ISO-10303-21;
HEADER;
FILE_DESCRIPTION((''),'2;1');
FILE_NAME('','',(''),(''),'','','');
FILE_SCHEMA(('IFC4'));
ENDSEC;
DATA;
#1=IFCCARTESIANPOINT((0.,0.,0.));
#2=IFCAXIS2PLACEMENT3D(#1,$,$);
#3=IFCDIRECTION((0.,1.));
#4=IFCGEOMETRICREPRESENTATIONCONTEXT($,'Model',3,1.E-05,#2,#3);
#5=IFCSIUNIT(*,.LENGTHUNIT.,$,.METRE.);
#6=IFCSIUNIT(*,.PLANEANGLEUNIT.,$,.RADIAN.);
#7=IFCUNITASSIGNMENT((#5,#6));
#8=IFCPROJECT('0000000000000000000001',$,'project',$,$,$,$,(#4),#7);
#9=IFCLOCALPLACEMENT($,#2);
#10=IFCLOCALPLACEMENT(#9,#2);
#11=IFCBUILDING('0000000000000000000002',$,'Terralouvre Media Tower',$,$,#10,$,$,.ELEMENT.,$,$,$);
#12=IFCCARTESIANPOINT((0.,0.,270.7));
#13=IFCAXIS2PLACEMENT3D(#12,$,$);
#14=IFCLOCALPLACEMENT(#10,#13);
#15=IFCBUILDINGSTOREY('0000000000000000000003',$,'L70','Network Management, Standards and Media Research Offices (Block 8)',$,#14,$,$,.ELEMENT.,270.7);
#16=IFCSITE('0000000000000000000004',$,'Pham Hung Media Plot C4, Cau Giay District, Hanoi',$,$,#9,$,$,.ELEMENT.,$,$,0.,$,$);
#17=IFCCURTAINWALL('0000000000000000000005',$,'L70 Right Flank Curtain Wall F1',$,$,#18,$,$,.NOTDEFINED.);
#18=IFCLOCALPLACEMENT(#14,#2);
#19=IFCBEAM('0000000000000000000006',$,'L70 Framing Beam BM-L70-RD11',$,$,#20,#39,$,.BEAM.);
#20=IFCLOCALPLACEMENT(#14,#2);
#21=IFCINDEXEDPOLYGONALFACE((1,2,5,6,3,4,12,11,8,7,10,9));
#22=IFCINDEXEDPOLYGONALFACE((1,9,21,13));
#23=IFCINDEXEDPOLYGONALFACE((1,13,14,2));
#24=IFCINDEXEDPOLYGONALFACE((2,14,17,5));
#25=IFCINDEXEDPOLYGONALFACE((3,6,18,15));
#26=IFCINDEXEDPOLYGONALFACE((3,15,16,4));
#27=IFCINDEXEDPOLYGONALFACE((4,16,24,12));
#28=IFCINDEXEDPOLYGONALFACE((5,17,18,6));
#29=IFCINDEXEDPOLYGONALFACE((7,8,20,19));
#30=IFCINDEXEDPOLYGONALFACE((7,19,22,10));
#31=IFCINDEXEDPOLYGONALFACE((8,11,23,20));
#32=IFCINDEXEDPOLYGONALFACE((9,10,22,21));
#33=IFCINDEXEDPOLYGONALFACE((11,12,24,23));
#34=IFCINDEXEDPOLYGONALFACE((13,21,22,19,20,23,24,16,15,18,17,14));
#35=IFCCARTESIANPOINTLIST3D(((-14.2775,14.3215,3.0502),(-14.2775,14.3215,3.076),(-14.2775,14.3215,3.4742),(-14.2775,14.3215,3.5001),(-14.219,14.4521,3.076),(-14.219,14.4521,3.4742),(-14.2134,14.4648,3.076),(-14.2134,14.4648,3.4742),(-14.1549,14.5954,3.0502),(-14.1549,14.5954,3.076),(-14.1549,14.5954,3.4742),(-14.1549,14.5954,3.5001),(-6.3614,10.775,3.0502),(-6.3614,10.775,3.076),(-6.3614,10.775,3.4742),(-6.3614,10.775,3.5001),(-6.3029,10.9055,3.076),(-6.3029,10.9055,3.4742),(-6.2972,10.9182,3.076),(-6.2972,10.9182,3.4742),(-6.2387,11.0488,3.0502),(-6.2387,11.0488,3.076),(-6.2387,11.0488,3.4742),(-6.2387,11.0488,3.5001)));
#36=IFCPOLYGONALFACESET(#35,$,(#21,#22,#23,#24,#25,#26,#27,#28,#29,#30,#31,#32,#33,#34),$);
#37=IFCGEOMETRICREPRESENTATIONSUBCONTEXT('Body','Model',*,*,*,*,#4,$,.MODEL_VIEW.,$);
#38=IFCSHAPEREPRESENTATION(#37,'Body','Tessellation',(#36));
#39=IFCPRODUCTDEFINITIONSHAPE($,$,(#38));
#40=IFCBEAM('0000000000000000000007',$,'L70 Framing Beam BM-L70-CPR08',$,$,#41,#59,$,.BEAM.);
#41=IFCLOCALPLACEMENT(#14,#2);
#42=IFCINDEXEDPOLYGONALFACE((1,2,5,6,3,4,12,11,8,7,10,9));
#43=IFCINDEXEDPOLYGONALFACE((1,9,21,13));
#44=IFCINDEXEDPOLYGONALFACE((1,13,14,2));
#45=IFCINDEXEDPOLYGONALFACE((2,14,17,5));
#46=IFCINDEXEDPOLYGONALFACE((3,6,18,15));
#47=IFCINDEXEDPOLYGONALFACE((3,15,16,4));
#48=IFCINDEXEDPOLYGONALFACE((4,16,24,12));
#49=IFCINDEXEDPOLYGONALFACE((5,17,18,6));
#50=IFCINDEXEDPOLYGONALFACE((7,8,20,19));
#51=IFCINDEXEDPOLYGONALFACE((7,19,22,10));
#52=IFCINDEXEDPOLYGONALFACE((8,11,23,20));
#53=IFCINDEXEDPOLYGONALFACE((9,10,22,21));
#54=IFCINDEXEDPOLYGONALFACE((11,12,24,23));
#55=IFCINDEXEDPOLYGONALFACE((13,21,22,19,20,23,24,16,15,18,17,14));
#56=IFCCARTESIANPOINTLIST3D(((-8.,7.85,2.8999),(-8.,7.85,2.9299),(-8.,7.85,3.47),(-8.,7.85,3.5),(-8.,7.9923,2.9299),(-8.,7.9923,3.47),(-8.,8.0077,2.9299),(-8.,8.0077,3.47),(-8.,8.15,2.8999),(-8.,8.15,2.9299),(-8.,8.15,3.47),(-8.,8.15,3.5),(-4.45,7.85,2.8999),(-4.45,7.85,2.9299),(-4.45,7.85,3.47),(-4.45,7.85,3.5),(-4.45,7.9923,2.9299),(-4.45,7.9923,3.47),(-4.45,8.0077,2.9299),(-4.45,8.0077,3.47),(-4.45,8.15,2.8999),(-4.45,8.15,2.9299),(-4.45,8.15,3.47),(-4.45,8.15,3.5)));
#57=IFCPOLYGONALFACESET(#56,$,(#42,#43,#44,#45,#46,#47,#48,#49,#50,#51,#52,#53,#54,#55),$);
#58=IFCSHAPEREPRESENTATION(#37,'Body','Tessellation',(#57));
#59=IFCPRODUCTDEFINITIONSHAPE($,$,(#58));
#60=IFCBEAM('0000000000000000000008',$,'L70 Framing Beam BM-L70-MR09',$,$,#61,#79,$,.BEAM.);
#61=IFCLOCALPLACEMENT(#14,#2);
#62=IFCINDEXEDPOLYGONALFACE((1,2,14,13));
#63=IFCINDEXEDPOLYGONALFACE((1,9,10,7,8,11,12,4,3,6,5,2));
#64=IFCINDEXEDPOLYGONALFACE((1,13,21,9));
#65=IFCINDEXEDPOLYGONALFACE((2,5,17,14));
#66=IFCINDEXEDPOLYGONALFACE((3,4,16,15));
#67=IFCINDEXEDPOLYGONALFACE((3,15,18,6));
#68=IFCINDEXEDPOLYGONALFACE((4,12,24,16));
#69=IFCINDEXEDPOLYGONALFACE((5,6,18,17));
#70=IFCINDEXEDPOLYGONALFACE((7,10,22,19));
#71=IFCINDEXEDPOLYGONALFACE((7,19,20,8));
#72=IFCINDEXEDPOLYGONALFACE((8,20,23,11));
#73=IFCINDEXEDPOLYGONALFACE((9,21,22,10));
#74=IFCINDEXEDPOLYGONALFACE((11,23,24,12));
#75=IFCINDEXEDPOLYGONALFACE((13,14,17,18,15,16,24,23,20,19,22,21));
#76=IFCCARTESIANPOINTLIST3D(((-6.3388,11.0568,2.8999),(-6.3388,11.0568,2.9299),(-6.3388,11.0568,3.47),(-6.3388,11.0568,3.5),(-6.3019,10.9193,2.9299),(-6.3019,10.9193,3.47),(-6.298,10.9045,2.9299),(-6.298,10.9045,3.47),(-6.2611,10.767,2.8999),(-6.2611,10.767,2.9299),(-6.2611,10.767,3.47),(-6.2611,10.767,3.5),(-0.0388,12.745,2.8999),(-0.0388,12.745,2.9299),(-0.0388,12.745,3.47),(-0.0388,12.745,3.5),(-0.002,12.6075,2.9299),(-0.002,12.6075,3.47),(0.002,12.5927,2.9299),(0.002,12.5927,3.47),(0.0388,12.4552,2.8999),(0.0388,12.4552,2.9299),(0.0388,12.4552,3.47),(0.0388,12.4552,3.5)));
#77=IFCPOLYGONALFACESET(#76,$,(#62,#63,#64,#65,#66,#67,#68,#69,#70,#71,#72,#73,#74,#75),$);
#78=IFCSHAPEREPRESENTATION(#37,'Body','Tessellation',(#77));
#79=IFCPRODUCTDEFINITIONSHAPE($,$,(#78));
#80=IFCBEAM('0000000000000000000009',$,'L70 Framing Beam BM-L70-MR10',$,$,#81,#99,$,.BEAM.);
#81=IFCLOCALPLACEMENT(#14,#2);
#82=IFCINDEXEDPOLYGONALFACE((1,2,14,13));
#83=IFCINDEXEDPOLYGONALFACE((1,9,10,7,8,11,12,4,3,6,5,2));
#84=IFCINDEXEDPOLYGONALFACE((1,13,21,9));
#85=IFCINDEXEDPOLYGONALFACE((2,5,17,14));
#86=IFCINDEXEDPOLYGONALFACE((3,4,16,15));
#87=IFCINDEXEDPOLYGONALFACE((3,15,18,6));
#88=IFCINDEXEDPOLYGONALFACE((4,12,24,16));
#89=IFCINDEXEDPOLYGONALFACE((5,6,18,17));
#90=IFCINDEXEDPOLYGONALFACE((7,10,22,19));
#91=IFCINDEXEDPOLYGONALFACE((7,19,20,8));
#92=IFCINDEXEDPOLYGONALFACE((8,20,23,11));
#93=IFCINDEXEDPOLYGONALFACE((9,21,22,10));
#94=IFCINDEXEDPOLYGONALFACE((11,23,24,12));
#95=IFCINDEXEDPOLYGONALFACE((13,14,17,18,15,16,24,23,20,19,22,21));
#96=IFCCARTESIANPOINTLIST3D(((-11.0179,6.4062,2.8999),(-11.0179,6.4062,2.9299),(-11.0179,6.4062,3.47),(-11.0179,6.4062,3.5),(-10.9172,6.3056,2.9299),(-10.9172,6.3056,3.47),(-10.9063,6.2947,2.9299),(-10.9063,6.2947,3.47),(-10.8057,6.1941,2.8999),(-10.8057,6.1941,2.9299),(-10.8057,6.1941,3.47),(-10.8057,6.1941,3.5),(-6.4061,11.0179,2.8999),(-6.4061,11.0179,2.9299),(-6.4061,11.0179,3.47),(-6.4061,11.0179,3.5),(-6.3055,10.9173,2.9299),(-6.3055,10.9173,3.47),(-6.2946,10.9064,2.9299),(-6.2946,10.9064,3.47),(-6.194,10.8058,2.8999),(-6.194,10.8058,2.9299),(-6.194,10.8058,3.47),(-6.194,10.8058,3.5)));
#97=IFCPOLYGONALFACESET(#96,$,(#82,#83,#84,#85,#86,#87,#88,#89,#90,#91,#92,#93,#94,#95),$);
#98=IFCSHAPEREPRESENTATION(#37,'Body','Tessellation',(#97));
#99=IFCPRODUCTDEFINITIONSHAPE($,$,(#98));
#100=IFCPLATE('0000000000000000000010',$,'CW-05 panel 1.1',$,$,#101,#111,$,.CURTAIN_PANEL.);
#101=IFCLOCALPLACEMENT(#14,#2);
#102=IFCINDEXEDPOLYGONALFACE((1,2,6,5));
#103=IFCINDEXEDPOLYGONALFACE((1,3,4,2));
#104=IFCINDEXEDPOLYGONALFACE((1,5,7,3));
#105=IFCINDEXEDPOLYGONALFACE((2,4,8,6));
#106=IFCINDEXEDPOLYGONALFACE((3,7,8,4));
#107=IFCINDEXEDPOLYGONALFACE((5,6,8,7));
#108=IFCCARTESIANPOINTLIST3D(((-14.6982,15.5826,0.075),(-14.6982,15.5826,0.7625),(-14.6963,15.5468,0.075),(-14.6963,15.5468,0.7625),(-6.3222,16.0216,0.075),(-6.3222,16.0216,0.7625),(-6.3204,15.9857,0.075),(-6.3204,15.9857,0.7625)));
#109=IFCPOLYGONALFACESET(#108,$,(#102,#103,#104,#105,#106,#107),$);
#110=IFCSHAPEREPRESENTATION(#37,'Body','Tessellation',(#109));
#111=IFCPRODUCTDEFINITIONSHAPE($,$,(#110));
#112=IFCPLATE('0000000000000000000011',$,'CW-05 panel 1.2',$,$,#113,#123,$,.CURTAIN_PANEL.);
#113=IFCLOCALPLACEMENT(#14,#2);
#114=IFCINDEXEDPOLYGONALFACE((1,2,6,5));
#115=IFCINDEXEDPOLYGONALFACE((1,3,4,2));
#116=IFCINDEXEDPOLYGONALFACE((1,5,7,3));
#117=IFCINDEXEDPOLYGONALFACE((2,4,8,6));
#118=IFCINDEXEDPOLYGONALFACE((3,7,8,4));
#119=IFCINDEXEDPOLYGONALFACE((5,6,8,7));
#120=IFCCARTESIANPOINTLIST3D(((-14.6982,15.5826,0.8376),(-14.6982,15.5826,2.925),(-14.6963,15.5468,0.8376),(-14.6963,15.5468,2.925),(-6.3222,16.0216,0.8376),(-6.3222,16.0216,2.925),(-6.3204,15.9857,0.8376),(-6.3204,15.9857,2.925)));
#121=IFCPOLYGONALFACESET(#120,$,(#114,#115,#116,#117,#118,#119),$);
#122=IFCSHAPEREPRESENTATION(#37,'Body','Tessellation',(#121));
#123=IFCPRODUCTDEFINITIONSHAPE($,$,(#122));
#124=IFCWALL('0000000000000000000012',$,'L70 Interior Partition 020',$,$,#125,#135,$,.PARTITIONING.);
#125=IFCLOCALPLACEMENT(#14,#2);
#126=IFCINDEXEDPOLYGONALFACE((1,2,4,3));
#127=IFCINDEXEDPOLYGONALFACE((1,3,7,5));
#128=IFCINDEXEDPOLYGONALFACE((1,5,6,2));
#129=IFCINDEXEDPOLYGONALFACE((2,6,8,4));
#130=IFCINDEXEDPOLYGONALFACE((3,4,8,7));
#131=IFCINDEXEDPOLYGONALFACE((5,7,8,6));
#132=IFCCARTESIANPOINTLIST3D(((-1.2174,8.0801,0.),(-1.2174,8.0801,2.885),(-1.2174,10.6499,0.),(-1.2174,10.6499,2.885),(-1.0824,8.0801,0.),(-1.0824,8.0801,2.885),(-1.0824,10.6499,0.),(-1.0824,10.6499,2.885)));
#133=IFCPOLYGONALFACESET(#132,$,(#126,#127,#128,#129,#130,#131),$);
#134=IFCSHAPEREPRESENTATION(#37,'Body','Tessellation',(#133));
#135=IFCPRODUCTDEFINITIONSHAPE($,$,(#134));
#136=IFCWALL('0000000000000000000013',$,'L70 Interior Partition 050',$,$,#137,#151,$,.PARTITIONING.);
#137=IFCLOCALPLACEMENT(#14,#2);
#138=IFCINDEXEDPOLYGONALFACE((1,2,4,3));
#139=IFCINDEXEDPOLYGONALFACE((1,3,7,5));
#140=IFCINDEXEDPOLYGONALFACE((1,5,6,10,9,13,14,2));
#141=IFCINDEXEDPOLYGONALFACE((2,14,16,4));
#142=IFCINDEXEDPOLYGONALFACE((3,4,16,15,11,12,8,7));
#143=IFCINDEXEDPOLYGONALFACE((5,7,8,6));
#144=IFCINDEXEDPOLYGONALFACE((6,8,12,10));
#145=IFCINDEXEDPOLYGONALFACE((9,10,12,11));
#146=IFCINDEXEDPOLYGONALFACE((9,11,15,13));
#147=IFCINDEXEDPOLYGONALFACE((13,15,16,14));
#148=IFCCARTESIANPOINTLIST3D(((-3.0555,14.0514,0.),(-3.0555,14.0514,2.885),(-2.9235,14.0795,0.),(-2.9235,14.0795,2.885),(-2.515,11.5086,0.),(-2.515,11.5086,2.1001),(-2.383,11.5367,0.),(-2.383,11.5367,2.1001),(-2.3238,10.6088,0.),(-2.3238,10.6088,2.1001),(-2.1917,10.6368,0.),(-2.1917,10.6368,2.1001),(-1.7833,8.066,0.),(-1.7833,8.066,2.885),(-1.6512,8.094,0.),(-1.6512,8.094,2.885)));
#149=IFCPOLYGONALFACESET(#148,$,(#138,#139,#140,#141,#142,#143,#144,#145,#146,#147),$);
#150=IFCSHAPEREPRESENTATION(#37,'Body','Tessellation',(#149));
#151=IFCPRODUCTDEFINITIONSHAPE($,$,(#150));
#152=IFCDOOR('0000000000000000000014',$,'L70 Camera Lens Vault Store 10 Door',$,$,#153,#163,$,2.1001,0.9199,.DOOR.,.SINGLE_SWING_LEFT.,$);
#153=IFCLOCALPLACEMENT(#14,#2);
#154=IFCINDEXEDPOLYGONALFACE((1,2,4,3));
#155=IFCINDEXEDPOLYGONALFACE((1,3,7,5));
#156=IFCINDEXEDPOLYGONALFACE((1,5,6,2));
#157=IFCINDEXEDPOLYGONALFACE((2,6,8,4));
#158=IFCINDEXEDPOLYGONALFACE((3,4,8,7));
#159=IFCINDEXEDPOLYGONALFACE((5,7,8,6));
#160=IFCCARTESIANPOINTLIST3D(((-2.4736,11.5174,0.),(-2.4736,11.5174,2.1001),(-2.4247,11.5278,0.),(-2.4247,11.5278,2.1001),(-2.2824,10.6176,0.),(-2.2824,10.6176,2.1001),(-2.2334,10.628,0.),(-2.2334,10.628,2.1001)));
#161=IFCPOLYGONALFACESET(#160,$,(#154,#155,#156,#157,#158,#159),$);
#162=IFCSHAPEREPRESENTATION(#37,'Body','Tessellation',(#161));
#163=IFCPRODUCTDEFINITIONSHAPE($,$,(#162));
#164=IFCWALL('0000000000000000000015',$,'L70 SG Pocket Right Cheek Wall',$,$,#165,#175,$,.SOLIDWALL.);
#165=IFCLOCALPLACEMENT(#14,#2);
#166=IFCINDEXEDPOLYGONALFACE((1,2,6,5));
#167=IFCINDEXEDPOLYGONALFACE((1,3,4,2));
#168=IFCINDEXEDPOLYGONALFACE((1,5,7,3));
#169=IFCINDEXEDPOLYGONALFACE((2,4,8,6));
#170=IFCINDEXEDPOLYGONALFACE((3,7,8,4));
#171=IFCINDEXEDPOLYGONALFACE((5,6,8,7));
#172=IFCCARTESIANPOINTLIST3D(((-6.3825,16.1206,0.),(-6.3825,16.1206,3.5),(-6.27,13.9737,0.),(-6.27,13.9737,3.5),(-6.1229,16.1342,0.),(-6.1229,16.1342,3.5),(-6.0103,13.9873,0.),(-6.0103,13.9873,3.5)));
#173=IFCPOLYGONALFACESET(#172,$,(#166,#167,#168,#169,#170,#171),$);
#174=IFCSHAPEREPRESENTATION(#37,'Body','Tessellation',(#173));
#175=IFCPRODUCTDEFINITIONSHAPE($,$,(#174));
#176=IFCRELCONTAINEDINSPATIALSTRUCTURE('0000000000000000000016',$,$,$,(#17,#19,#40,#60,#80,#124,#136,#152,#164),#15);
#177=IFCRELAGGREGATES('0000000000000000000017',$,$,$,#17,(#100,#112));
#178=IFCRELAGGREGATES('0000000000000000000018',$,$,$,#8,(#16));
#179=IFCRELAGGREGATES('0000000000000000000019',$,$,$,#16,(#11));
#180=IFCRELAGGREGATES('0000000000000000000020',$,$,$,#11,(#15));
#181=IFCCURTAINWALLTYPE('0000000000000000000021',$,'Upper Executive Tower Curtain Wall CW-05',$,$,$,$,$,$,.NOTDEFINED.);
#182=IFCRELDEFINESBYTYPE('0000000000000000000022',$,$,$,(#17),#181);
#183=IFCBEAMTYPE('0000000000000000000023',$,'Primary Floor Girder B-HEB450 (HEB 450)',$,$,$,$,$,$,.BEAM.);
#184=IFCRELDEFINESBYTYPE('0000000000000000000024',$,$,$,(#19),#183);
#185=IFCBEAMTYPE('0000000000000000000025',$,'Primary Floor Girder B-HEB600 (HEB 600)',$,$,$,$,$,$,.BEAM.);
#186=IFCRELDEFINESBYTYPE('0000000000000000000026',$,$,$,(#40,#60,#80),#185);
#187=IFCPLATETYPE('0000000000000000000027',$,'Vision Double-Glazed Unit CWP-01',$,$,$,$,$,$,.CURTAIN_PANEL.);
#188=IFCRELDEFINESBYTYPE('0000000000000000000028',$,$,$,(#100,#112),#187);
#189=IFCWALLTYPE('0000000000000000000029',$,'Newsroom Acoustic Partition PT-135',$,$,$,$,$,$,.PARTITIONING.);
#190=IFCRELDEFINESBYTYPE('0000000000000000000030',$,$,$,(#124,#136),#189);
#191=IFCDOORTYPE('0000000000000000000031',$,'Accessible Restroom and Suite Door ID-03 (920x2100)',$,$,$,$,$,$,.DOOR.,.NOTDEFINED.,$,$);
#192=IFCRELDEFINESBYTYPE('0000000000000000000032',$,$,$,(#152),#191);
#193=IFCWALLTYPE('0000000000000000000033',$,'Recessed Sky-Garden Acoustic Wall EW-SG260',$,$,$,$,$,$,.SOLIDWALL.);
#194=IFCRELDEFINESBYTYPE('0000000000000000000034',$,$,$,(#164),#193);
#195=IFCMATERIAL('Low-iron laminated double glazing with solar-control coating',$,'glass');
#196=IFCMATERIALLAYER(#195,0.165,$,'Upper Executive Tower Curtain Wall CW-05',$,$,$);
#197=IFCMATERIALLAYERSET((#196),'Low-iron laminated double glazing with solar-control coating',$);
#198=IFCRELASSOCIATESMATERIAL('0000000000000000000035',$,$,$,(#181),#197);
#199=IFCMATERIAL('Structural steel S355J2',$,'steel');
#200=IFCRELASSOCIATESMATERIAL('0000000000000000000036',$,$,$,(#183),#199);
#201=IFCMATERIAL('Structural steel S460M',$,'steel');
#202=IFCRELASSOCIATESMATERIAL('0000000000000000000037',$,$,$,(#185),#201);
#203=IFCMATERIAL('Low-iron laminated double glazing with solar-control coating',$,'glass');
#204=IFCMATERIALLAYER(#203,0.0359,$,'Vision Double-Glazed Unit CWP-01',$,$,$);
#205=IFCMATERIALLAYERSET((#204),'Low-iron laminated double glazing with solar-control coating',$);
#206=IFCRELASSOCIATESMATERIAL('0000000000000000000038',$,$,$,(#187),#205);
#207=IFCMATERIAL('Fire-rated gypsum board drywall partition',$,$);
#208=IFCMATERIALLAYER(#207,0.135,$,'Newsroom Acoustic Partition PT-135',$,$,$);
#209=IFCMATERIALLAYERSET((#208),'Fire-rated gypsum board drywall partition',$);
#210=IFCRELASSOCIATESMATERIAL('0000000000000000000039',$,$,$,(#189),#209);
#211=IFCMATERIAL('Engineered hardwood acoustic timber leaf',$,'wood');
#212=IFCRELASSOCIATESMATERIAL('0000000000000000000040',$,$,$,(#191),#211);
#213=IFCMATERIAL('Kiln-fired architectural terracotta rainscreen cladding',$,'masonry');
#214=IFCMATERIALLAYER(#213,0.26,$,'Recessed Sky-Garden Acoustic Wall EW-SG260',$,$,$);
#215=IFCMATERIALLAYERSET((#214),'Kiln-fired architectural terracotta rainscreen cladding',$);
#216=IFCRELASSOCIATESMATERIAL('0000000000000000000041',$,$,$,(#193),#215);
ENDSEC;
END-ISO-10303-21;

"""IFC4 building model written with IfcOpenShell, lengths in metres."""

from ifc_helpers import new_model, si_unit, direction, frame, frame_2d, origin, origin_2d, place, context, subcontext, project, spatial, rectangle, i_section, extrude, material, layer, layer_set, material_profile, profile_set, type_object, element, fill, aggregate, save


model = new_model("IFC4")

# Units and contexts
model_context = context("Model", 3, precision=1e-05, world=origin(), true_north=direction((0.0, 1.0)))
body_context = subcontext(model_context, "Body", "Model", "MODEL_VIEW")
ifc_project = project(units=[si_unit("LENGTHUNIT", "METRE"), si_unit("PLANEANGLEUNIT", "RADIAN")], contexts=[model_context])

# Site, building, storey
site_placement = place(None, origin())
site = spatial("IfcSite", under=ifc_project, at=site_placement, Name="Pham Hung Media Plot C4, Cau Giay District, Hanoi", CompositionType="ELEMENT", RefElevation=0.0)
building_placement = place(site_placement, origin())
building = spatial("IfcBuilding", under=site, at=building_placement, Name="Terralouvre Media Tower", CompositionType="ELEMENT")
storey_placement = place(building_placement, frame((0.0, 0.0, 270.7)))
storey = spatial("IfcBuildingStorey", under=building, at=storey_placement, Name="L70", Description="Network Management, Standards and Media Research Offices (Block 8)", CompositionType="ELEMENT", Elevation=270.7)

# Curtain wall
ifc_material_1 = material(Name="Low-iron laminated double glazing with solar-control coating", Category="glass")
ifc_layer_1 = layer(ifc_material_1, 0.165, Name="Upper Executive Tower Curtain Wall CW-05")
ifc_layer_set_1 = layer_set([ifc_layer_1], Name="Low-iron laminated double glazing with solar-control coating")
curtain_wall_type = type_object("IfcCurtainWallType", Name="Upper Executive Tower Curtain Wall CW-05", PredefinedType="NOTDEFINED", material=ifc_layer_set_1)
curtain_wall_placement = place(storey_placement, origin())
curtain_wall = element("IfcCurtainWall", 1, at=curtain_wall_placement, inside=storey, type_object=curtain_wall_type, Name="L70 Right Flank Curtain Wall F1", PredefinedType="NOTDEFINED")

# Beams
ifc_material_2 = material(Name="Structural steel S355J2", Category="steel")
ifc_material_profile_1 = material_profile(ifc_material_2, i_section(OverallWidth=0.3, OverallDepth=0.45, WebThickness=0.0139, FlangeThickness=0.0259, at=origin_2d()), Name="HEB 450")
ifc_profile_set_1 = profile_set([ifc_material_profile_1], Name="Structural steel S355J2")
beam_type_1 = type_object("IfcBeamType", Name="Primary Floor Girder B-HEB450 (HEB 450)", PredefinedType="BEAM", material=ifc_profile_set_1)
beam_1_placement = place(storey_placement, frame((-6.3, 10.9119, 3.2751), z_axis=(-0.912597, 0.40886, 0.0), x_axis=(-0.40886, -0.912597, 0.0)))
element("IfcBeam", 2, at=beam_1_placement, inside=storey, type_object=beam_type_1, Name="L70 Framing Beam BM-L70-RD11", PredefinedType="BEAM", context=body_context, shape_type="SweptSolid", body=[
    extrude(i_section(OverallWidth=0.3, OverallDepth=0.45, WebThickness=0.0139, FlangeThickness=0.0259, at=origin_2d()), origin(), (0.0, 0.0, 1.0), 8.6743),
])
ifc_material_3 = material(Name="Structural steel S460M", Category="steel")
ifc_material_profile_2 = material_profile(ifc_material_3, i_section(OverallWidth=0.3, OverallDepth=0.6001, WebThickness=0.0154, FlangeThickness=0.03, at=origin_2d()), Name="HEB 600")
ifc_profile_set_2 = profile_set([ifc_material_profile_2], Name="Structural steel S460M")
beam_type_2 = type_object("IfcBeamType", Name="Primary Floor Girder B-HEB600 (HEB 600)", PredefinedType="BEAM", material=ifc_profile_set_2)
beam_2_placement = place(storey_placement, frame((-4.45, 8.0, 3.2), z_axis=(-1.0, 0.0, 0.0), x_axis=(0.0, -1.0, 0.0)))
element("IfcBeam", 3, at=beam_2_placement, inside=storey, type_object=beam_type_2, Name="L70 Framing Beam BM-L70-CPR08", PredefinedType="BEAM", context=body_context, shape_type="SweptSolid", body=[
    extrude(i_section(OverallWidth=0.3, OverallDepth=0.6001, WebThickness=0.0154, FlangeThickness=0.03, at=origin_2d()), origin(), (0.0, 0.0, 1.0), 3.55),
])
beam_3_placement = place(storey_placement, frame((0.0, 12.6001, 3.2), z_axis=(-0.96592, -0.258839, 0.0), x_axis=(0.258839, -0.96592, 0.0)))
element("IfcBeam", 4, at=beam_3_placement, inside=storey, type_object=beam_type_2, Name="L70 Framing Beam BM-L70-MR09", PredefinedType="BEAM", context=body_context, shape_type="SweptSolid", body=[
    extrude(i_section(OverallWidth=0.3, OverallDepth=0.6001, WebThickness=0.0154, FlangeThickness=0.03, at=origin_2d()), origin(), (0.0, 0.0, 1.0), 6.5222),
])
beam_4_placement = place(storey_placement, frame((-6.3, 10.9119, 3.2), z_axis=(-0.707107, -0.707107, 0.0), x_axis=(0.707107, -0.707107, 0.0)))
element("IfcBeam", 5, at=beam_4_placement, inside=storey, type_object=beam_type_2, Name="L70 Framing Beam BM-L70-MR10", PredefinedType="BEAM", context=body_context, shape_type="SweptSolid", body=[
    extrude(i_section(OverallWidth=0.3, OverallDepth=0.6001, WebThickness=0.0154, FlangeThickness=0.03, at=origin_2d()), origin(), (0.0, 0.0, 1.0), 6.522),
])

# Plates
ifc_material_4 = material(Name="Low-iron laminated double glazing with solar-control coating", Category="glass")
ifc_layer_2 = layer(ifc_material_4, 0.0359, Name="Vision Double-Glazed Unit CWP-01")
ifc_layer_set_2 = layer_set([ifc_layer_2], Name="Low-iron laminated double glazing with solar-control coating")
plate_type = type_object("IfcPlateType", Name="Vision Double-Glazed Unit CWP-01", PredefinedType="CURTAIN_PANEL", material=ifc_layer_set_2)
plate_1_placement = place(storey_placement, frame((-10.5093, 15.7842, 0.075), z_axis=(0.0, 0.0, 1.0), x_axis=(-0.99863, -0.052336, 0.0)))
plate_1 = element("IfcPlate", 6, at=plate_1_placement, type_object=plate_type, Name="CW-05 panel 1.1", PredefinedType="CURTAIN_PANEL", context=body_context, shape_type="SweptSolid", body=[
    extrude(rectangle(XDim=8.3875, YDim=0.0359, at=origin_2d()), origin(), (0.0, 0.0, 1.0), 0.6875),
])
plate_2_placement = place(storey_placement, frame((-10.5093, 15.7842, 0.8376), z_axis=(0.0, 0.0, 1.0), x_axis=(-0.99863, -0.052336, 0.0)))
plate_2 = element("IfcPlate", 7, at=plate_2_placement, type_object=plate_type, Name="CW-05 panel 1.2", PredefinedType="CURTAIN_PANEL", context=body_context, shape_type="SweptSolid", body=[
    extrude(rectangle(XDim=8.3875, YDim=0.0359, at=origin_2d()), origin(), (0.0, 0.0, 1.0), 2.0874),
])
aggregate(curtain_wall, [plate_1, plate_2])

# Wall
ifc_material_5 = material(Name="Fire-rated gypsum board drywall partition")
ifc_layer_3 = layer(ifc_material_5, 0.135, Name="Newsroom Acoustic Partition PT-135")
ifc_layer_set_3 = layer_set([ifc_layer_3], Name="Fire-rated gypsum board drywall partition")
wall_type_1 = type_object("IfcWallType", Name="Newsroom Acoustic Partition PT-135", PredefinedType="PARTITIONING", material=ifc_layer_set_3)
wall_1_placement = place(storey_placement, frame((-1.1499, 10.6499, 0.0), z_axis=(0.0, 0.0, 1.0), x_axis=(0.0, -1.0, 0.0)))
element("IfcWall", 8, at=wall_1_placement, inside=storey, type_object=wall_type_1, Name="L70 Interior Partition 020", PredefinedType="PARTITIONING", context=body_context, shape_type="SweptSolid", body=[
    extrude(rectangle(XDim=2.5698, YDim=0.135, at=frame_2d((1.2849, 0.0))), origin(), (0.0, 0.0, 1.0), 2.885),
])

# Wall, opening, door
wall_2_placement = place(storey_placement, frame((-2.9895, 14.0654, 0.0), z_axis=(0.0, 0.0, 1.0), x_axis=(0.20791, -0.978148, 0.0)))
wall_2 = element("IfcWall", 9, at=wall_2_placement, inside=storey, type_object=wall_type_1, Name="L70 Interior Partition 050", PredefinedType="PARTITIONING", context=body_context, shape_type="SweptSolid", body=[
    extrude(rectangle(XDim=6.1191, YDim=0.135, at=frame_2d((3.0596, 0.0))), origin(), (0.0, 0.0, 1.0), 2.885),
])
opening_placement = place(wall_2_placement, frame((2.5996, 0.0, 0.0)))
opening = element("IfcOpeningElement", 10, at=opening_placement, cuts=wall_2, PredefinedType="OPENING", context=body_context, shape_type="SweptSolid", body=[
    extrude(rectangle(XDim=0.9199, YDim=2.1001, at=frame_2d((0.46, 1.05))), frame((0.0, 0.0774, 0.0), z_axis=(0.0, -1.0, 0.0), x_axis=(1.0, 0.0, 0.0)), (0.0, 0.0, 1.0), 0.155),
])
ifc_material_6 = material(Name="Engineered hardwood acoustic timber leaf", Category="wood")
door_type = type_object("IfcDoorType", Name="Accessible Restroom and Suite Door ID-03 (920x2100)", OperationType="NOTDEFINED", PredefinedType="DOOR", material=ifc_material_6)
door_placement = place(opening_placement, origin())
door = element("IfcDoor", 11, at=door_placement, inside=storey, type_object=door_type, Name="L70 Camera Lens Vault Store 10 Door", OperationType="SINGLE_SWING_LEFT", OverallHeight=2.1001, OverallWidth=0.9199, PredefinedType="DOOR", context=body_context, shape_type="SweptSolid", body=[
    extrude(rectangle(XDim=0.9199, YDim=2.1001, at=frame_2d((0.46, 1.05))), frame((0.0, 0.0249, 0.0), z_axis=(0.0, -1.0, 0.0), x_axis=(1.0, 0.0, 0.0)), (0.0, 0.0, 1.0), 0.05),
])
fill(opening, door)

# Wall
ifc_material_7 = material(Name="Kiln-fired architectural terracotta rainscreen cladding", Category="masonry")
ifc_layer_4 = layer(ifc_material_7, 0.26, Name="Recessed Sky-Garden Acoustic Wall EW-SG260")
ifc_layer_set_4 = layer_set([ifc_layer_4], Name="Kiln-fired architectural terracotta rainscreen cladding")
wall_type_2 = type_object("IfcWallType", Name="Recessed Sky-Garden Acoustic Wall EW-SG260", PredefinedType="SOLIDWALL", material=ifc_layer_set_4)
wall_3_placement = place(storey_placement, frame((-6.1401, 13.9805, 0.0), z_axis=(0.0, 0.0, 1.0), x_axis=(-0.05235, 0.998629, 0.0)))
element("IfcWall", 12, at=wall_3_placement, inside=storey, type_object=wall_type_2, Name="L70 SG Pocket Right Cheek Wall", PredefinedType="SOLIDWALL", context=body_context, shape_type="SweptSolid", body=[
    extrude(rectangle(XDim=2.1499, YDim=0.26, at=frame_2d((1.075, 0.0))), origin(), (0.0, 0.0, 1.0), 3.5),
])

save(model, "model.ifc")
